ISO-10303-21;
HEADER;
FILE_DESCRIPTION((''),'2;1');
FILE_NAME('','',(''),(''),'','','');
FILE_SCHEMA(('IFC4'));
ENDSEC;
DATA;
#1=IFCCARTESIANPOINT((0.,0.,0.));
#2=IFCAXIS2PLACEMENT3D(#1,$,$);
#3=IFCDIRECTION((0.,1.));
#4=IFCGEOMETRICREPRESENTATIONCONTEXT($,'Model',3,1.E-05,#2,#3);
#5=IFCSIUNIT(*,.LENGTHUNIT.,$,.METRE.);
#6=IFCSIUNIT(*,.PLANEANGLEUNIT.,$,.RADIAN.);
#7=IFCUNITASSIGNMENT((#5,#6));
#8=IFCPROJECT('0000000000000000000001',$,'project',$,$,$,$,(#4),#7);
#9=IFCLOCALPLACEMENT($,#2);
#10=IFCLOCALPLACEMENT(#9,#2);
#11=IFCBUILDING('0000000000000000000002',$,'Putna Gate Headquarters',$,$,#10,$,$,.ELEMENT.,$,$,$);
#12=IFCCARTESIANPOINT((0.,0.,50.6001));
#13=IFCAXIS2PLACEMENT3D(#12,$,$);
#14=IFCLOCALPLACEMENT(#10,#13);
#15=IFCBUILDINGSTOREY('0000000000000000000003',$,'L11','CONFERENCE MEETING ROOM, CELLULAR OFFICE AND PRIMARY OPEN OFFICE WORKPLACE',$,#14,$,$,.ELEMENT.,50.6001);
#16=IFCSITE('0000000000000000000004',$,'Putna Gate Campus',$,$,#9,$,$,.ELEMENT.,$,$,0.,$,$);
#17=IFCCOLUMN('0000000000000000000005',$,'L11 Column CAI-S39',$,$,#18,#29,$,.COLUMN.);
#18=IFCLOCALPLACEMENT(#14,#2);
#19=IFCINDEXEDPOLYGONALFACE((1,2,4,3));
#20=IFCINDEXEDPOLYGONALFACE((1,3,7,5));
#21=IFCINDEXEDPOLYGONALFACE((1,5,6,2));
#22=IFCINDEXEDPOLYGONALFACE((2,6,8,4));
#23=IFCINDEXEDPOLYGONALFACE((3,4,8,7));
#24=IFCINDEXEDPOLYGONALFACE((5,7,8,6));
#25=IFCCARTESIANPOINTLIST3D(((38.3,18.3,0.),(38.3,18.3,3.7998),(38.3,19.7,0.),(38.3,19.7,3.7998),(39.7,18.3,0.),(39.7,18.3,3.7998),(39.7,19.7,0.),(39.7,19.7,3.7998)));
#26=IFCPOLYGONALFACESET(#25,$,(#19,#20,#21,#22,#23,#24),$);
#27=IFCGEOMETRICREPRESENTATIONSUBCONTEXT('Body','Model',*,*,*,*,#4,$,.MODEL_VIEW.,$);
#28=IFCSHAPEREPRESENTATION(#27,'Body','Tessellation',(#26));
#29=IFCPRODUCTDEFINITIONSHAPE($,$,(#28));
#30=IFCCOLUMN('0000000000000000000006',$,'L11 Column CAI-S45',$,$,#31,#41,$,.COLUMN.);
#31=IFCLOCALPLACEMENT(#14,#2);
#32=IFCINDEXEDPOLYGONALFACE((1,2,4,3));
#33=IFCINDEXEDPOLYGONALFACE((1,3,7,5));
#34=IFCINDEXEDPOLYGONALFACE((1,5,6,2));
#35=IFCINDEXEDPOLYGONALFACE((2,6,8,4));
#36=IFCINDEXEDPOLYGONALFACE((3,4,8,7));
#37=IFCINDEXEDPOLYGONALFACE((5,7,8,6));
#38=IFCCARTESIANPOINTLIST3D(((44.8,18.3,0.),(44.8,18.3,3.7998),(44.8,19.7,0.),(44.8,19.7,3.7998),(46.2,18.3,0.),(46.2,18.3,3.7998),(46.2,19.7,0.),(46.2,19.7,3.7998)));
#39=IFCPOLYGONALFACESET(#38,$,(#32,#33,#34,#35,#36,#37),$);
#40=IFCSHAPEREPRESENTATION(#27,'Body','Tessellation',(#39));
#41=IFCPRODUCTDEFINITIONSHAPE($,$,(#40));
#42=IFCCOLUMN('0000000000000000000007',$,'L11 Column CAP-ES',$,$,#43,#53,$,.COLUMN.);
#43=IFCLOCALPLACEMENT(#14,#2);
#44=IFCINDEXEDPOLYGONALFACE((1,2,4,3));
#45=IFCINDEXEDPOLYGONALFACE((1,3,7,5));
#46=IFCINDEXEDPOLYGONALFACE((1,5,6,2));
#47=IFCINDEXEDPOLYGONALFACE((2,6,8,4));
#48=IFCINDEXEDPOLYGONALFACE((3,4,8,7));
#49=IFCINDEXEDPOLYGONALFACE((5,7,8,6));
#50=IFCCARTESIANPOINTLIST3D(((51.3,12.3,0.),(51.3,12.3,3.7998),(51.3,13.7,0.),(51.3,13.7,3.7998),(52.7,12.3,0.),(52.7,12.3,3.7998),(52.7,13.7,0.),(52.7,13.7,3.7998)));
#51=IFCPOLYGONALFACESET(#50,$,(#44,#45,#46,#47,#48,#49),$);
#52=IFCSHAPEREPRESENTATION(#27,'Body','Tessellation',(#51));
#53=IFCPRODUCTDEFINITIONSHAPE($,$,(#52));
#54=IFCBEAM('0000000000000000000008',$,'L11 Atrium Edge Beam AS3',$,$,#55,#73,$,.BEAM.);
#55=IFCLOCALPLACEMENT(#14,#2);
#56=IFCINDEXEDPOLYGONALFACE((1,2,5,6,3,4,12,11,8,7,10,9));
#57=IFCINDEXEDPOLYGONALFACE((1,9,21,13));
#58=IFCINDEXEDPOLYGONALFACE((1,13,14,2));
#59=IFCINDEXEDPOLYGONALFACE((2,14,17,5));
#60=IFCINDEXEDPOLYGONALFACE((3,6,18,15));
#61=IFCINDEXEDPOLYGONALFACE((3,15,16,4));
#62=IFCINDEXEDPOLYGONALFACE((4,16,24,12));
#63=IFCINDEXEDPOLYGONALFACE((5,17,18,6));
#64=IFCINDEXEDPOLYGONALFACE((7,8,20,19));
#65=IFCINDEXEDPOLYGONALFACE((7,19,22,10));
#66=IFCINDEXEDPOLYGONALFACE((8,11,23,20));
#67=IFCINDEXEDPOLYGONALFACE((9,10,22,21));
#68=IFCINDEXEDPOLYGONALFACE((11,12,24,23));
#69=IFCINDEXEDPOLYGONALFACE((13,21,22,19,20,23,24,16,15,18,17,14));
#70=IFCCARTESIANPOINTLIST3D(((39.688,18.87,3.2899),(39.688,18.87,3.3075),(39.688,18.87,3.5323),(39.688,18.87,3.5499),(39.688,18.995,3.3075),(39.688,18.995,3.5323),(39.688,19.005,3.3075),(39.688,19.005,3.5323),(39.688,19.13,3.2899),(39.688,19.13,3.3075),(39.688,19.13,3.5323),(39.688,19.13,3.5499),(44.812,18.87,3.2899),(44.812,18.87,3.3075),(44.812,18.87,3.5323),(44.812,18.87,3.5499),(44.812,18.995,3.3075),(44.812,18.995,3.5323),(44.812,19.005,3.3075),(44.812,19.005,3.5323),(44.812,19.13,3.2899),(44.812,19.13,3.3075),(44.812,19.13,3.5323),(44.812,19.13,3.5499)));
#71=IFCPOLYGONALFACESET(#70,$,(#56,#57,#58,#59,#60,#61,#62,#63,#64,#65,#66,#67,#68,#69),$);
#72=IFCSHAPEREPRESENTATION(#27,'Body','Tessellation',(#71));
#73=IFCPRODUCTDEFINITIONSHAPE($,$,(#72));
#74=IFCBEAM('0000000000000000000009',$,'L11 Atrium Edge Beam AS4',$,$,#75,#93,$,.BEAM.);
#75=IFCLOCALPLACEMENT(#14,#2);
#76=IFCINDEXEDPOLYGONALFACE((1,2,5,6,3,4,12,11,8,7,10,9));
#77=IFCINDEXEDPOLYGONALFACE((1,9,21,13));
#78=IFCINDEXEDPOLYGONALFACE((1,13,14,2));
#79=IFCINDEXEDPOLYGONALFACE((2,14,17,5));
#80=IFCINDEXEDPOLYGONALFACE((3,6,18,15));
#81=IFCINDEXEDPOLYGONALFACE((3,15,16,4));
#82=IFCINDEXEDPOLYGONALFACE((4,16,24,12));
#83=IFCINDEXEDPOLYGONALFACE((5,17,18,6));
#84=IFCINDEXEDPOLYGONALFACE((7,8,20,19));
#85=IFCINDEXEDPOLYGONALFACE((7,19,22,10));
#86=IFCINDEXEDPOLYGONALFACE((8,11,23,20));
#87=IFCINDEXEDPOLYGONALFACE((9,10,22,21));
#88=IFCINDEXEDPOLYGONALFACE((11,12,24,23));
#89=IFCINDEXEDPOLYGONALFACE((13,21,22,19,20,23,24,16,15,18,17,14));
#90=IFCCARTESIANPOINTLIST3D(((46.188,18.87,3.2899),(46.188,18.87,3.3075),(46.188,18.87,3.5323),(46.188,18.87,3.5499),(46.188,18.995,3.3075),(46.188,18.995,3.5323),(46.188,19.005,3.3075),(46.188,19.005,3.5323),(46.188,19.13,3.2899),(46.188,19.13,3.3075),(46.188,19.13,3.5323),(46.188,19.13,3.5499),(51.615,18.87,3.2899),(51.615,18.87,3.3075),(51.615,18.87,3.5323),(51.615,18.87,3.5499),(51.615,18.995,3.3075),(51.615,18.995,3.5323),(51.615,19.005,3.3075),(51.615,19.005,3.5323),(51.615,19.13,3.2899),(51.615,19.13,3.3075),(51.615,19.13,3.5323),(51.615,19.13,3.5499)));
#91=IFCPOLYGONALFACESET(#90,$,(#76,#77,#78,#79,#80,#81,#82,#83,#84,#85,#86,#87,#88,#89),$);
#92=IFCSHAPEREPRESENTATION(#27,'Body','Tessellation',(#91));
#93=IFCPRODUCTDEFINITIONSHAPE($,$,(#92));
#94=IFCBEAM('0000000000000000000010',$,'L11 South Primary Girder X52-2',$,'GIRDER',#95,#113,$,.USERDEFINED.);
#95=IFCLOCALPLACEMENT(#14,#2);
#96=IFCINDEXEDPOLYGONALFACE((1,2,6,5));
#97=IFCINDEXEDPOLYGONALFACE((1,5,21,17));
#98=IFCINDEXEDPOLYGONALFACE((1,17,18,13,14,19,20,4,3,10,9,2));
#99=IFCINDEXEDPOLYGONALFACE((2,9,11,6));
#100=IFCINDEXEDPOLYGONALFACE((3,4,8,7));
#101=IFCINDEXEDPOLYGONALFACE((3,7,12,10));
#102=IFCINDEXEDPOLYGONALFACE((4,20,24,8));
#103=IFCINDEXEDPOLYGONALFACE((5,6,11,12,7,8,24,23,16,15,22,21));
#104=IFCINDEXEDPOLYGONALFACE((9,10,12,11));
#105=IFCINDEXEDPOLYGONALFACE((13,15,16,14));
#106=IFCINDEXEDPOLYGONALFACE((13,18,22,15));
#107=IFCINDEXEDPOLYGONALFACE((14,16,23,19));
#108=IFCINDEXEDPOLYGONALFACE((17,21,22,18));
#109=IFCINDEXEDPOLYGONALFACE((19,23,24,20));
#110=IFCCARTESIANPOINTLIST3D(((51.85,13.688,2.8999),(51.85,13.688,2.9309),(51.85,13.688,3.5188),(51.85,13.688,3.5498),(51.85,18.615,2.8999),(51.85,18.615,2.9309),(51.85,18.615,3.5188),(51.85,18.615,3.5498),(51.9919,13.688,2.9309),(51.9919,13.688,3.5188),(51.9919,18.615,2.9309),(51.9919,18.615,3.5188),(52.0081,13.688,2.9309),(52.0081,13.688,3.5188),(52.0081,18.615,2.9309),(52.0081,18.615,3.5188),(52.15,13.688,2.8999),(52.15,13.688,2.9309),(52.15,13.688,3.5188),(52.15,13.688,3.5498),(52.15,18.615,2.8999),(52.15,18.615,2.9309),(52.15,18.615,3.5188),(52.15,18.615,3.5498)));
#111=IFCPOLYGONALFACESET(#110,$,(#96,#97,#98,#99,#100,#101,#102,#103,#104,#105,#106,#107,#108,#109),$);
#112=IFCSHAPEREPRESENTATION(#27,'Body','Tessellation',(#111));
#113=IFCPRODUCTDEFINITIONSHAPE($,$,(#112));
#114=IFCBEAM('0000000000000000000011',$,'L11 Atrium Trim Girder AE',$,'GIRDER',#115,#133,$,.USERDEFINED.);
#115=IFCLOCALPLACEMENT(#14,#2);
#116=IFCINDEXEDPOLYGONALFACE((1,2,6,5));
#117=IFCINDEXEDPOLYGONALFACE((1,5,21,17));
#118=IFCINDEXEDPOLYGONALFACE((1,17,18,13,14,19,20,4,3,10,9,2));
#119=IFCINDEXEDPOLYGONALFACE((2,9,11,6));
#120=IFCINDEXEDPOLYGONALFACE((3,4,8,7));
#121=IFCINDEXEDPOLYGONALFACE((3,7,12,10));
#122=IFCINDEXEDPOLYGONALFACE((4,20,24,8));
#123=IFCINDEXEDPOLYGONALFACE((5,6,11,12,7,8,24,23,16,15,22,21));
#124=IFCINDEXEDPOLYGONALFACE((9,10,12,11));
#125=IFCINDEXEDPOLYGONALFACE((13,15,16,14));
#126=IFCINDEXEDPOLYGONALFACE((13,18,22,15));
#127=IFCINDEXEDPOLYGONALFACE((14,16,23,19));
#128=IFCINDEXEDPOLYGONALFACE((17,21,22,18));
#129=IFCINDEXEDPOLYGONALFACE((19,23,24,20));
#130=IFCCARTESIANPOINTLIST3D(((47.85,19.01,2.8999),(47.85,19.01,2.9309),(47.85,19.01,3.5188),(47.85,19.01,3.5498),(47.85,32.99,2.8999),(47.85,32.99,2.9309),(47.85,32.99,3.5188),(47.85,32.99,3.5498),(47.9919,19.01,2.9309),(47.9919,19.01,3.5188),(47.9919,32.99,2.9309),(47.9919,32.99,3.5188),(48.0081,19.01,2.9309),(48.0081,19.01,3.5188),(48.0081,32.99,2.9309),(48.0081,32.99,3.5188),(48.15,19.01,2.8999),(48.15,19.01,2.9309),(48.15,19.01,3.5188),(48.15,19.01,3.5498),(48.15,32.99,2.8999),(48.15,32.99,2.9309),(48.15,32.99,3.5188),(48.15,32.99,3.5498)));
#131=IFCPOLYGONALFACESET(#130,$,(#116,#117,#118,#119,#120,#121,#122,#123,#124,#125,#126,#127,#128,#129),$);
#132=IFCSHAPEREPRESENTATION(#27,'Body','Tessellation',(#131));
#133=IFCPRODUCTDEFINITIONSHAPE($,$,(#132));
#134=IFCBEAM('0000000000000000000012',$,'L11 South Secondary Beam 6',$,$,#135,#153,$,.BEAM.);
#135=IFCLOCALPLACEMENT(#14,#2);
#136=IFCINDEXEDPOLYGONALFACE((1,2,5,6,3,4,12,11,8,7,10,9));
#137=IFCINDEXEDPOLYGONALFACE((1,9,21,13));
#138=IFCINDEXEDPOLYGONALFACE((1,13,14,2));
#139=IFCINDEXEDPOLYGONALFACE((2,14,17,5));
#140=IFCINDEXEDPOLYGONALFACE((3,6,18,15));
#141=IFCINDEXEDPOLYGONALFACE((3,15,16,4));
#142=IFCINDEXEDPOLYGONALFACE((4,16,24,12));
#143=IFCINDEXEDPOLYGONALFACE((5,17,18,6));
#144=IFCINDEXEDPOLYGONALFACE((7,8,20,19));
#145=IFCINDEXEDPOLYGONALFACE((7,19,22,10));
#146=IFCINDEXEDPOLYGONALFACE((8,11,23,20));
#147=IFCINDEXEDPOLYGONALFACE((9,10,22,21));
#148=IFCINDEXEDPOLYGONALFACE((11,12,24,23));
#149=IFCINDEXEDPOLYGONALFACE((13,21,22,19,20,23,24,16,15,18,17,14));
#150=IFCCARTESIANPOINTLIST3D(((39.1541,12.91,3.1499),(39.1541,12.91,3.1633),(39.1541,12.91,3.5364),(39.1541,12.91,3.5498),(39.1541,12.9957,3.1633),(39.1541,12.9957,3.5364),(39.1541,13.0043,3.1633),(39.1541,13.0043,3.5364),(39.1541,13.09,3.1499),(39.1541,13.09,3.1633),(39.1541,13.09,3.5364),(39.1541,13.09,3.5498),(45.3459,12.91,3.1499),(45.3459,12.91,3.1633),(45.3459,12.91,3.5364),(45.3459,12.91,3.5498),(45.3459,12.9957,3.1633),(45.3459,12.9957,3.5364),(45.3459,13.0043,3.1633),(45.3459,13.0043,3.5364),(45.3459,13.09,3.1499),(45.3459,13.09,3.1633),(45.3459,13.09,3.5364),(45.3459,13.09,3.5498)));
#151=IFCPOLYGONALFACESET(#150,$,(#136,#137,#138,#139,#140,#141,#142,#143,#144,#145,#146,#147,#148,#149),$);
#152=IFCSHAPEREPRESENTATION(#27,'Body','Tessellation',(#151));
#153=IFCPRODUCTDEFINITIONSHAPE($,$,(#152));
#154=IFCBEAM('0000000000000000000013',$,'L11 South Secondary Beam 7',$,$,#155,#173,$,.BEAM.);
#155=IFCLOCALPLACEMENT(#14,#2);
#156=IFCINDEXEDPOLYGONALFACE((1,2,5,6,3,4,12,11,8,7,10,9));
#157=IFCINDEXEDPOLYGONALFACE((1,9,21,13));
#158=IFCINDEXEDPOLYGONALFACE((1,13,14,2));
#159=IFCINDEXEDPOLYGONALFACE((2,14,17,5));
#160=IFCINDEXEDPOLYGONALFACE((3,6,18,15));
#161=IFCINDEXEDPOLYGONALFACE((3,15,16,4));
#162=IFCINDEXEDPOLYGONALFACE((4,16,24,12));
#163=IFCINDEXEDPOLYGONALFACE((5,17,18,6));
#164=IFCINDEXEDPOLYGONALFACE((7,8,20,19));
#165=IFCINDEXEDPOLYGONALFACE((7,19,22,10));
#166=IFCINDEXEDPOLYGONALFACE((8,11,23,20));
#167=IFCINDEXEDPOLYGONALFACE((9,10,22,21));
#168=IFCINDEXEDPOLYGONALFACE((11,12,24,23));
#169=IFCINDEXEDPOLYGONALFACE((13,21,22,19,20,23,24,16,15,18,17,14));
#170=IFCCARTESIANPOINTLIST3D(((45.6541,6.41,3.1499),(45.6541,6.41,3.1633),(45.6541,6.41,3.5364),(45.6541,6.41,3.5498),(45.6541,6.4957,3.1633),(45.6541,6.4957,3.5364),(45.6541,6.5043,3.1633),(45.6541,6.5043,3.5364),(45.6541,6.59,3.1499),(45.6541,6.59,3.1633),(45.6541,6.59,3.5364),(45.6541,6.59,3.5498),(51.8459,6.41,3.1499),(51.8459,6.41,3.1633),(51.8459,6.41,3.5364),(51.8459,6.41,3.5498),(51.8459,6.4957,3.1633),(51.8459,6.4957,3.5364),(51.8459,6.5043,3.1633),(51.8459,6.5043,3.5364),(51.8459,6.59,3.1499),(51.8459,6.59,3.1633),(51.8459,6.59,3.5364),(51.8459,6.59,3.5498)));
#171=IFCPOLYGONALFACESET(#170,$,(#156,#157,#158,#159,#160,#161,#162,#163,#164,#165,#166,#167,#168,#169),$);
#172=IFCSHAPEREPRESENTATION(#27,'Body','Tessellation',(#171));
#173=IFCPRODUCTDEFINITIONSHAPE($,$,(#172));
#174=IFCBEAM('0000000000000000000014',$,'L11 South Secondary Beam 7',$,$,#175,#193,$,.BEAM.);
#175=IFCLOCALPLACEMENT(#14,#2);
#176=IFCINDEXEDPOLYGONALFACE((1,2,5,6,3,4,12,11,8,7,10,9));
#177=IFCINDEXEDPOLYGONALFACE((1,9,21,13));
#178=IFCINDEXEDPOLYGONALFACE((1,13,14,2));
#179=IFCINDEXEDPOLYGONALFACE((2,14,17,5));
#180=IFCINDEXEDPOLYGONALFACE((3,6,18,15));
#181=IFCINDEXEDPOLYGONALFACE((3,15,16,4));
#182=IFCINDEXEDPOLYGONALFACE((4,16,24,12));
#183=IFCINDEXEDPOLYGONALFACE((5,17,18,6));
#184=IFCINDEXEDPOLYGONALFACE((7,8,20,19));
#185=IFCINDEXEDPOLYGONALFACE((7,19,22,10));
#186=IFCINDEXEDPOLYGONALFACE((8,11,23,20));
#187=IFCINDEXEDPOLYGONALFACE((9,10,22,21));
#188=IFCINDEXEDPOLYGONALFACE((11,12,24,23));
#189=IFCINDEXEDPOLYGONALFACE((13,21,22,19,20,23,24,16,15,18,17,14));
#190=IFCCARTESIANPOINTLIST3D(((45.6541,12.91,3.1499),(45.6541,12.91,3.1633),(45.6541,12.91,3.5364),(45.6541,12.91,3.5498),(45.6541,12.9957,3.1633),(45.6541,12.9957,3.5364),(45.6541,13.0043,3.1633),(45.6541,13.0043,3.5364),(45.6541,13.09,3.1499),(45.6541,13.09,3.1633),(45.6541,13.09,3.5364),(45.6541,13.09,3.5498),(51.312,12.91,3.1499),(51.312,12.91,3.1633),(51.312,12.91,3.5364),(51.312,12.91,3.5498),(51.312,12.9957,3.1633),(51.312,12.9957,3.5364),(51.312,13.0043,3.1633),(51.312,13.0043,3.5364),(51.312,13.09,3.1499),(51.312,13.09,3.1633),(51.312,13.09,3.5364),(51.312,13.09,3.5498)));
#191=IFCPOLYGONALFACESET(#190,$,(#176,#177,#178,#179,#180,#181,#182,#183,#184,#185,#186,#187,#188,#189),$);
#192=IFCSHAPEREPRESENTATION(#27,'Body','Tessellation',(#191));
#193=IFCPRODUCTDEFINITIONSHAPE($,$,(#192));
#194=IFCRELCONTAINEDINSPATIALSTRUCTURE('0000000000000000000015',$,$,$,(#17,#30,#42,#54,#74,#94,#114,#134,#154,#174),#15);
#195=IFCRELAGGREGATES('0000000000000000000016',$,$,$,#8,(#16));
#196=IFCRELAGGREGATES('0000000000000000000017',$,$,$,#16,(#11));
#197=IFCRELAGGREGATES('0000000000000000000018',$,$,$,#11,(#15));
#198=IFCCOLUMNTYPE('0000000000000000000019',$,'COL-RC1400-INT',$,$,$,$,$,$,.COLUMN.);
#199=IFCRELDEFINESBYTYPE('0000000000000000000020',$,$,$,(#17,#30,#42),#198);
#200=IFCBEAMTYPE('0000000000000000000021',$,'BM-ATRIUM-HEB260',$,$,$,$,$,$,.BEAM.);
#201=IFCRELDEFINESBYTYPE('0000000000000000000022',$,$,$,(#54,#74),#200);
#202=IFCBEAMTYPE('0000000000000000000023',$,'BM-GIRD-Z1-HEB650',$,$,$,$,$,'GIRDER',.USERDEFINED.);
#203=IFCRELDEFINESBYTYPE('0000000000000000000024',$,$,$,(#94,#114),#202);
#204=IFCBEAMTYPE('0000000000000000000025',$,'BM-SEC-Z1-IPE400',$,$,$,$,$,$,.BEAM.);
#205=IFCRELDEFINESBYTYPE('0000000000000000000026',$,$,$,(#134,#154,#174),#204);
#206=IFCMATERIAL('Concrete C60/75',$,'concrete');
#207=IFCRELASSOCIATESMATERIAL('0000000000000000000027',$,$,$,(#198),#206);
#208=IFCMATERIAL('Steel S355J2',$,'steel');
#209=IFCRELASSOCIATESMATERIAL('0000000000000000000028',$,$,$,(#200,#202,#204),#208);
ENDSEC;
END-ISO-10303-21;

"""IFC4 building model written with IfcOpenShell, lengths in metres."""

from ifc_helpers import new_model, si_unit, direction, frame, origin, origin_2d, place, context, subcontext, project, spatial, rectangle, i_section, extrude, material, material_profile, profile_set, type_object, element, save


model = new_model("IFC4")

# Units and contexts
model_context = context("Model", 3, precision=1e-05, world=origin(), true_north=direction((0.0, 1.0)))
body_context = subcontext(model_context, "Body", "Model", "MODEL_VIEW")
ifc_project = project(units=[si_unit("LENGTHUNIT", "METRE"), si_unit("PLANEANGLEUNIT", "RADIAN")], contexts=[model_context])

# Site, building, storey
site_placement = place(None, origin())
site = spatial("IfcSite", under=ifc_project, at=site_placement, Name="Putna Gate Campus", CompositionType="ELEMENT", RefElevation=0.0)
building_placement = place(site_placement, origin())
building = spatial("IfcBuilding", under=site, at=building_placement, Name="Putna Gate Headquarters", CompositionType="ELEMENT")
storey_placement = place(building_placement, frame((0.0, 0.0, 50.6001)))
storey = spatial("IfcBuildingStorey", under=building, at=storey_placement, Name="L11", Description="CONFERENCE MEETING ROOM, CELLULAR OFFICE AND PRIMARY OPEN OFFICE WORKPLACE", CompositionType="ELEMENT", Elevation=50.6001)

# Columns
ifc_material_1 = material(Name="Concrete C60/75", Category="concrete")
ifc_material_profile_1 = material_profile(ifc_material_1, rectangle(XDim=1.3999, YDim=1.3999, at=origin_2d()), Name="Concrete C60/75")
ifc_profile_set_1 = profile_set([ifc_material_profile_1], Name="Concrete C60/75")
column_type = type_object("IfcColumnType", Name="COL-RC1400-INT", PredefinedType="COLUMN", material=ifc_profile_set_1)
for number, where, z_axis, x_axis, name in (
    (1, (39.0, 19.0, 0.0), (0.0, 0.0, 1.0), (1.0, 0.0, 0.0), "L11 Column CAI-S39"),
    (2, (45.5, 19.0, 0.0), (0.0, 0.0, 1.0), (1.0, 0.0, 0.0), "L11 Column CAI-S45"),
    (3, (52.0, 13.0, 0.0), (0.0, 0.0, 1.0), (1.0, 0.0, 0.0), "L11 Column CAP-ES"),
):
    element("IfcColumn", number, at=place(storey_placement, frame(where, z_axis=z_axis, x_axis=x_axis)), inside=storey, type_object=column_type, Name=name, PredefinedType="COLUMN", context=body_context, shape_type="SweptSolid", body=[
        extrude(rectangle(XDim=1.3999, YDim=1.3999, at=origin_2d()), origin(), (0.0, 0.0, 1.0), 3.7998),
    ])

# Beams
ifc_material_2 = material(Name="Steel S355J2", Category="steel")
ifc_material_profile_2 = material_profile(ifc_material_2, i_section(OverallWidth=0.26, OverallDepth=0.26, WebThickness=0.01, FlangeThickness=0.0176, at=origin_2d()), Name="Steel S355J2")
ifc_profile_set_2 = profile_set([ifc_material_profile_2], Name="Steel S355J2")
beam_type_1 = type_object("IfcBeamType", Name="BM-ATRIUM-HEB260", PredefinedType="BEAM", material=ifc_profile_set_2)
beam_1_placement = place(storey_placement, frame((39.688, 19.0, 3.4199), z_axis=(1.0, 0.0, 0.0), x_axis=(0.0, 1.0, 0.0)))
element("IfcBeam", 4, at=beam_1_placement, inside=storey, type_object=beam_type_1, Name="L11 Atrium Edge Beam AS3", PredefinedType="BEAM", context=body_context, shape_type="SweptSolid", body=[
    extrude(i_section(OverallWidth=0.26, OverallDepth=0.26, WebThickness=0.01, FlangeThickness=0.0176, at=origin_2d()), origin(), (0.0, 0.0, 1.0), 5.124),
])
beam_2_placement = place(storey_placement, frame((46.188, 19.0, 3.4199), z_axis=(1.0, 0.0, 0.0), x_axis=(0.0, 1.0, 0.0)))
element("IfcBeam", 5, at=beam_2_placement, inside=storey, type_object=beam_type_1, Name="L11 Atrium Edge Beam AS4", PredefinedType="BEAM", context=body_context, shape_type="SweptSolid", body=[
    extrude(i_section(OverallWidth=0.26, OverallDepth=0.26, WebThickness=0.01, FlangeThickness=0.0176, at=origin_2d()), origin(), (0.0, 0.0, 1.0), 5.427),
])
ifc_material_profile_3 = material_profile(ifc_material_2, i_section(OverallWidth=0.3, OverallDepth=0.6499, WebThickness=0.0161, FlangeThickness=0.031, at=origin_2d()), Name="Steel S355J2")
ifc_profile_set_3 = profile_set([ifc_material_profile_3], Name="Steel S355J2")
beam_type_2 = type_object("IfcBeamType", Name="BM-GIRD-Z1-HEB650", ElementType="GIRDER", PredefinedType="USERDEFINED", material=ifc_profile_set_3)
beam_3_placement = place(storey_placement, frame((52.0, 13.688, 3.2249), z_axis=(0.0, 1.0, 0.0), x_axis=(-1.0, 0.0, 0.0)))
element("IfcBeam", 6, at=beam_3_placement, inside=storey, type_object=beam_type_2, Name="L11 South Primary Girder X52-2", ObjectType="GIRDER", PredefinedType="USERDEFINED", context=body_context, shape_type="SweptSolid", body=[
    extrude(i_section(OverallWidth=0.3, OverallDepth=0.6499, WebThickness=0.0161, FlangeThickness=0.031, at=origin_2d()), origin(), (0.0, 0.0, 1.0), 4.927),
])
beam_4_placement = place(storey_placement, frame((48.0, 19.01, 3.2249), z_axis=(0.0, 1.0, 0.0), x_axis=(-1.0, 0.0, 0.0)))
element("IfcBeam", 7, at=beam_4_placement, inside=storey, type_object=beam_type_2, Name="L11 Atrium Trim Girder AE", ObjectType="GIRDER", PredefinedType="USERDEFINED", context=body_context, shape_type="SweptSolid", body=[
    extrude(i_section(OverallWidth=0.3, OverallDepth=0.6499, WebThickness=0.0161, FlangeThickness=0.031, at=origin_2d()), origin(), (0.0, 0.0, 1.0), 13.98),
])
ifc_material_profile_4 = material_profile(ifc_material_2, i_section(OverallWidth=0.1799, OverallDepth=0.3999, WebThickness=0.0085, FlangeThickness=0.0134, at=origin_2d()), Name="Steel S355J2")
ifc_profile_set_4 = profile_set([ifc_material_profile_4], Name="Steel S355J2")
beam_type_3 = type_object("IfcBeamType", Name="BM-SEC-Z1-IPE400", PredefinedType="BEAM", material=ifc_profile_set_4)
for number, where, z_axis, x_axis, name in (
    (8, (39.1541, 13.0, 3.3499), (1.0, 0.0, 0.0), (0.0, 1.0, 0.0), "L11 South Secondary Beam 6"),
    (9, (45.6541, 6.5, 3.3499), (1.0, 0.0, 0.0), (0.0, 1.0, 0.0), "L11 South Secondary Beam 7"),
):
    element("IfcBeam", number, at=place(storey_placement, frame(where, z_axis=z_axis, x_axis=x_axis)), inside=storey, type_object=beam_type_3, Name=name, PredefinedType="BEAM", context=body_context, shape_type="SweptSolid", body=[
        extrude(i_section(OverallWidth=0.1799, OverallDepth=0.3999, WebThickness=0.0085, FlangeThickness=0.0134, at=origin_2d()), origin(), (0.0, 0.0, 1.0), 6.1919),
    ])
beam_5_placement = place(storey_placement, frame((45.6541, 13.0, 3.3499), z_axis=(1.0, 0.0, 0.0), x_axis=(0.0, 1.0, 0.0)))
element("IfcBeam", 10, at=beam_5_placement, inside=storey, type_object=beam_type_3, Name="L11 South Secondary Beam 7", PredefinedType="BEAM", context=body_context, shape_type="SweptSolid", body=[
    extrude(i_section(OverallWidth=0.1799, OverallDepth=0.3999, WebThickness=0.0085, FlangeThickness=0.0134, at=origin_2d()), origin(), (0.0, 0.0, 1.0), 5.658),
])

save(model, "model.ifc")
